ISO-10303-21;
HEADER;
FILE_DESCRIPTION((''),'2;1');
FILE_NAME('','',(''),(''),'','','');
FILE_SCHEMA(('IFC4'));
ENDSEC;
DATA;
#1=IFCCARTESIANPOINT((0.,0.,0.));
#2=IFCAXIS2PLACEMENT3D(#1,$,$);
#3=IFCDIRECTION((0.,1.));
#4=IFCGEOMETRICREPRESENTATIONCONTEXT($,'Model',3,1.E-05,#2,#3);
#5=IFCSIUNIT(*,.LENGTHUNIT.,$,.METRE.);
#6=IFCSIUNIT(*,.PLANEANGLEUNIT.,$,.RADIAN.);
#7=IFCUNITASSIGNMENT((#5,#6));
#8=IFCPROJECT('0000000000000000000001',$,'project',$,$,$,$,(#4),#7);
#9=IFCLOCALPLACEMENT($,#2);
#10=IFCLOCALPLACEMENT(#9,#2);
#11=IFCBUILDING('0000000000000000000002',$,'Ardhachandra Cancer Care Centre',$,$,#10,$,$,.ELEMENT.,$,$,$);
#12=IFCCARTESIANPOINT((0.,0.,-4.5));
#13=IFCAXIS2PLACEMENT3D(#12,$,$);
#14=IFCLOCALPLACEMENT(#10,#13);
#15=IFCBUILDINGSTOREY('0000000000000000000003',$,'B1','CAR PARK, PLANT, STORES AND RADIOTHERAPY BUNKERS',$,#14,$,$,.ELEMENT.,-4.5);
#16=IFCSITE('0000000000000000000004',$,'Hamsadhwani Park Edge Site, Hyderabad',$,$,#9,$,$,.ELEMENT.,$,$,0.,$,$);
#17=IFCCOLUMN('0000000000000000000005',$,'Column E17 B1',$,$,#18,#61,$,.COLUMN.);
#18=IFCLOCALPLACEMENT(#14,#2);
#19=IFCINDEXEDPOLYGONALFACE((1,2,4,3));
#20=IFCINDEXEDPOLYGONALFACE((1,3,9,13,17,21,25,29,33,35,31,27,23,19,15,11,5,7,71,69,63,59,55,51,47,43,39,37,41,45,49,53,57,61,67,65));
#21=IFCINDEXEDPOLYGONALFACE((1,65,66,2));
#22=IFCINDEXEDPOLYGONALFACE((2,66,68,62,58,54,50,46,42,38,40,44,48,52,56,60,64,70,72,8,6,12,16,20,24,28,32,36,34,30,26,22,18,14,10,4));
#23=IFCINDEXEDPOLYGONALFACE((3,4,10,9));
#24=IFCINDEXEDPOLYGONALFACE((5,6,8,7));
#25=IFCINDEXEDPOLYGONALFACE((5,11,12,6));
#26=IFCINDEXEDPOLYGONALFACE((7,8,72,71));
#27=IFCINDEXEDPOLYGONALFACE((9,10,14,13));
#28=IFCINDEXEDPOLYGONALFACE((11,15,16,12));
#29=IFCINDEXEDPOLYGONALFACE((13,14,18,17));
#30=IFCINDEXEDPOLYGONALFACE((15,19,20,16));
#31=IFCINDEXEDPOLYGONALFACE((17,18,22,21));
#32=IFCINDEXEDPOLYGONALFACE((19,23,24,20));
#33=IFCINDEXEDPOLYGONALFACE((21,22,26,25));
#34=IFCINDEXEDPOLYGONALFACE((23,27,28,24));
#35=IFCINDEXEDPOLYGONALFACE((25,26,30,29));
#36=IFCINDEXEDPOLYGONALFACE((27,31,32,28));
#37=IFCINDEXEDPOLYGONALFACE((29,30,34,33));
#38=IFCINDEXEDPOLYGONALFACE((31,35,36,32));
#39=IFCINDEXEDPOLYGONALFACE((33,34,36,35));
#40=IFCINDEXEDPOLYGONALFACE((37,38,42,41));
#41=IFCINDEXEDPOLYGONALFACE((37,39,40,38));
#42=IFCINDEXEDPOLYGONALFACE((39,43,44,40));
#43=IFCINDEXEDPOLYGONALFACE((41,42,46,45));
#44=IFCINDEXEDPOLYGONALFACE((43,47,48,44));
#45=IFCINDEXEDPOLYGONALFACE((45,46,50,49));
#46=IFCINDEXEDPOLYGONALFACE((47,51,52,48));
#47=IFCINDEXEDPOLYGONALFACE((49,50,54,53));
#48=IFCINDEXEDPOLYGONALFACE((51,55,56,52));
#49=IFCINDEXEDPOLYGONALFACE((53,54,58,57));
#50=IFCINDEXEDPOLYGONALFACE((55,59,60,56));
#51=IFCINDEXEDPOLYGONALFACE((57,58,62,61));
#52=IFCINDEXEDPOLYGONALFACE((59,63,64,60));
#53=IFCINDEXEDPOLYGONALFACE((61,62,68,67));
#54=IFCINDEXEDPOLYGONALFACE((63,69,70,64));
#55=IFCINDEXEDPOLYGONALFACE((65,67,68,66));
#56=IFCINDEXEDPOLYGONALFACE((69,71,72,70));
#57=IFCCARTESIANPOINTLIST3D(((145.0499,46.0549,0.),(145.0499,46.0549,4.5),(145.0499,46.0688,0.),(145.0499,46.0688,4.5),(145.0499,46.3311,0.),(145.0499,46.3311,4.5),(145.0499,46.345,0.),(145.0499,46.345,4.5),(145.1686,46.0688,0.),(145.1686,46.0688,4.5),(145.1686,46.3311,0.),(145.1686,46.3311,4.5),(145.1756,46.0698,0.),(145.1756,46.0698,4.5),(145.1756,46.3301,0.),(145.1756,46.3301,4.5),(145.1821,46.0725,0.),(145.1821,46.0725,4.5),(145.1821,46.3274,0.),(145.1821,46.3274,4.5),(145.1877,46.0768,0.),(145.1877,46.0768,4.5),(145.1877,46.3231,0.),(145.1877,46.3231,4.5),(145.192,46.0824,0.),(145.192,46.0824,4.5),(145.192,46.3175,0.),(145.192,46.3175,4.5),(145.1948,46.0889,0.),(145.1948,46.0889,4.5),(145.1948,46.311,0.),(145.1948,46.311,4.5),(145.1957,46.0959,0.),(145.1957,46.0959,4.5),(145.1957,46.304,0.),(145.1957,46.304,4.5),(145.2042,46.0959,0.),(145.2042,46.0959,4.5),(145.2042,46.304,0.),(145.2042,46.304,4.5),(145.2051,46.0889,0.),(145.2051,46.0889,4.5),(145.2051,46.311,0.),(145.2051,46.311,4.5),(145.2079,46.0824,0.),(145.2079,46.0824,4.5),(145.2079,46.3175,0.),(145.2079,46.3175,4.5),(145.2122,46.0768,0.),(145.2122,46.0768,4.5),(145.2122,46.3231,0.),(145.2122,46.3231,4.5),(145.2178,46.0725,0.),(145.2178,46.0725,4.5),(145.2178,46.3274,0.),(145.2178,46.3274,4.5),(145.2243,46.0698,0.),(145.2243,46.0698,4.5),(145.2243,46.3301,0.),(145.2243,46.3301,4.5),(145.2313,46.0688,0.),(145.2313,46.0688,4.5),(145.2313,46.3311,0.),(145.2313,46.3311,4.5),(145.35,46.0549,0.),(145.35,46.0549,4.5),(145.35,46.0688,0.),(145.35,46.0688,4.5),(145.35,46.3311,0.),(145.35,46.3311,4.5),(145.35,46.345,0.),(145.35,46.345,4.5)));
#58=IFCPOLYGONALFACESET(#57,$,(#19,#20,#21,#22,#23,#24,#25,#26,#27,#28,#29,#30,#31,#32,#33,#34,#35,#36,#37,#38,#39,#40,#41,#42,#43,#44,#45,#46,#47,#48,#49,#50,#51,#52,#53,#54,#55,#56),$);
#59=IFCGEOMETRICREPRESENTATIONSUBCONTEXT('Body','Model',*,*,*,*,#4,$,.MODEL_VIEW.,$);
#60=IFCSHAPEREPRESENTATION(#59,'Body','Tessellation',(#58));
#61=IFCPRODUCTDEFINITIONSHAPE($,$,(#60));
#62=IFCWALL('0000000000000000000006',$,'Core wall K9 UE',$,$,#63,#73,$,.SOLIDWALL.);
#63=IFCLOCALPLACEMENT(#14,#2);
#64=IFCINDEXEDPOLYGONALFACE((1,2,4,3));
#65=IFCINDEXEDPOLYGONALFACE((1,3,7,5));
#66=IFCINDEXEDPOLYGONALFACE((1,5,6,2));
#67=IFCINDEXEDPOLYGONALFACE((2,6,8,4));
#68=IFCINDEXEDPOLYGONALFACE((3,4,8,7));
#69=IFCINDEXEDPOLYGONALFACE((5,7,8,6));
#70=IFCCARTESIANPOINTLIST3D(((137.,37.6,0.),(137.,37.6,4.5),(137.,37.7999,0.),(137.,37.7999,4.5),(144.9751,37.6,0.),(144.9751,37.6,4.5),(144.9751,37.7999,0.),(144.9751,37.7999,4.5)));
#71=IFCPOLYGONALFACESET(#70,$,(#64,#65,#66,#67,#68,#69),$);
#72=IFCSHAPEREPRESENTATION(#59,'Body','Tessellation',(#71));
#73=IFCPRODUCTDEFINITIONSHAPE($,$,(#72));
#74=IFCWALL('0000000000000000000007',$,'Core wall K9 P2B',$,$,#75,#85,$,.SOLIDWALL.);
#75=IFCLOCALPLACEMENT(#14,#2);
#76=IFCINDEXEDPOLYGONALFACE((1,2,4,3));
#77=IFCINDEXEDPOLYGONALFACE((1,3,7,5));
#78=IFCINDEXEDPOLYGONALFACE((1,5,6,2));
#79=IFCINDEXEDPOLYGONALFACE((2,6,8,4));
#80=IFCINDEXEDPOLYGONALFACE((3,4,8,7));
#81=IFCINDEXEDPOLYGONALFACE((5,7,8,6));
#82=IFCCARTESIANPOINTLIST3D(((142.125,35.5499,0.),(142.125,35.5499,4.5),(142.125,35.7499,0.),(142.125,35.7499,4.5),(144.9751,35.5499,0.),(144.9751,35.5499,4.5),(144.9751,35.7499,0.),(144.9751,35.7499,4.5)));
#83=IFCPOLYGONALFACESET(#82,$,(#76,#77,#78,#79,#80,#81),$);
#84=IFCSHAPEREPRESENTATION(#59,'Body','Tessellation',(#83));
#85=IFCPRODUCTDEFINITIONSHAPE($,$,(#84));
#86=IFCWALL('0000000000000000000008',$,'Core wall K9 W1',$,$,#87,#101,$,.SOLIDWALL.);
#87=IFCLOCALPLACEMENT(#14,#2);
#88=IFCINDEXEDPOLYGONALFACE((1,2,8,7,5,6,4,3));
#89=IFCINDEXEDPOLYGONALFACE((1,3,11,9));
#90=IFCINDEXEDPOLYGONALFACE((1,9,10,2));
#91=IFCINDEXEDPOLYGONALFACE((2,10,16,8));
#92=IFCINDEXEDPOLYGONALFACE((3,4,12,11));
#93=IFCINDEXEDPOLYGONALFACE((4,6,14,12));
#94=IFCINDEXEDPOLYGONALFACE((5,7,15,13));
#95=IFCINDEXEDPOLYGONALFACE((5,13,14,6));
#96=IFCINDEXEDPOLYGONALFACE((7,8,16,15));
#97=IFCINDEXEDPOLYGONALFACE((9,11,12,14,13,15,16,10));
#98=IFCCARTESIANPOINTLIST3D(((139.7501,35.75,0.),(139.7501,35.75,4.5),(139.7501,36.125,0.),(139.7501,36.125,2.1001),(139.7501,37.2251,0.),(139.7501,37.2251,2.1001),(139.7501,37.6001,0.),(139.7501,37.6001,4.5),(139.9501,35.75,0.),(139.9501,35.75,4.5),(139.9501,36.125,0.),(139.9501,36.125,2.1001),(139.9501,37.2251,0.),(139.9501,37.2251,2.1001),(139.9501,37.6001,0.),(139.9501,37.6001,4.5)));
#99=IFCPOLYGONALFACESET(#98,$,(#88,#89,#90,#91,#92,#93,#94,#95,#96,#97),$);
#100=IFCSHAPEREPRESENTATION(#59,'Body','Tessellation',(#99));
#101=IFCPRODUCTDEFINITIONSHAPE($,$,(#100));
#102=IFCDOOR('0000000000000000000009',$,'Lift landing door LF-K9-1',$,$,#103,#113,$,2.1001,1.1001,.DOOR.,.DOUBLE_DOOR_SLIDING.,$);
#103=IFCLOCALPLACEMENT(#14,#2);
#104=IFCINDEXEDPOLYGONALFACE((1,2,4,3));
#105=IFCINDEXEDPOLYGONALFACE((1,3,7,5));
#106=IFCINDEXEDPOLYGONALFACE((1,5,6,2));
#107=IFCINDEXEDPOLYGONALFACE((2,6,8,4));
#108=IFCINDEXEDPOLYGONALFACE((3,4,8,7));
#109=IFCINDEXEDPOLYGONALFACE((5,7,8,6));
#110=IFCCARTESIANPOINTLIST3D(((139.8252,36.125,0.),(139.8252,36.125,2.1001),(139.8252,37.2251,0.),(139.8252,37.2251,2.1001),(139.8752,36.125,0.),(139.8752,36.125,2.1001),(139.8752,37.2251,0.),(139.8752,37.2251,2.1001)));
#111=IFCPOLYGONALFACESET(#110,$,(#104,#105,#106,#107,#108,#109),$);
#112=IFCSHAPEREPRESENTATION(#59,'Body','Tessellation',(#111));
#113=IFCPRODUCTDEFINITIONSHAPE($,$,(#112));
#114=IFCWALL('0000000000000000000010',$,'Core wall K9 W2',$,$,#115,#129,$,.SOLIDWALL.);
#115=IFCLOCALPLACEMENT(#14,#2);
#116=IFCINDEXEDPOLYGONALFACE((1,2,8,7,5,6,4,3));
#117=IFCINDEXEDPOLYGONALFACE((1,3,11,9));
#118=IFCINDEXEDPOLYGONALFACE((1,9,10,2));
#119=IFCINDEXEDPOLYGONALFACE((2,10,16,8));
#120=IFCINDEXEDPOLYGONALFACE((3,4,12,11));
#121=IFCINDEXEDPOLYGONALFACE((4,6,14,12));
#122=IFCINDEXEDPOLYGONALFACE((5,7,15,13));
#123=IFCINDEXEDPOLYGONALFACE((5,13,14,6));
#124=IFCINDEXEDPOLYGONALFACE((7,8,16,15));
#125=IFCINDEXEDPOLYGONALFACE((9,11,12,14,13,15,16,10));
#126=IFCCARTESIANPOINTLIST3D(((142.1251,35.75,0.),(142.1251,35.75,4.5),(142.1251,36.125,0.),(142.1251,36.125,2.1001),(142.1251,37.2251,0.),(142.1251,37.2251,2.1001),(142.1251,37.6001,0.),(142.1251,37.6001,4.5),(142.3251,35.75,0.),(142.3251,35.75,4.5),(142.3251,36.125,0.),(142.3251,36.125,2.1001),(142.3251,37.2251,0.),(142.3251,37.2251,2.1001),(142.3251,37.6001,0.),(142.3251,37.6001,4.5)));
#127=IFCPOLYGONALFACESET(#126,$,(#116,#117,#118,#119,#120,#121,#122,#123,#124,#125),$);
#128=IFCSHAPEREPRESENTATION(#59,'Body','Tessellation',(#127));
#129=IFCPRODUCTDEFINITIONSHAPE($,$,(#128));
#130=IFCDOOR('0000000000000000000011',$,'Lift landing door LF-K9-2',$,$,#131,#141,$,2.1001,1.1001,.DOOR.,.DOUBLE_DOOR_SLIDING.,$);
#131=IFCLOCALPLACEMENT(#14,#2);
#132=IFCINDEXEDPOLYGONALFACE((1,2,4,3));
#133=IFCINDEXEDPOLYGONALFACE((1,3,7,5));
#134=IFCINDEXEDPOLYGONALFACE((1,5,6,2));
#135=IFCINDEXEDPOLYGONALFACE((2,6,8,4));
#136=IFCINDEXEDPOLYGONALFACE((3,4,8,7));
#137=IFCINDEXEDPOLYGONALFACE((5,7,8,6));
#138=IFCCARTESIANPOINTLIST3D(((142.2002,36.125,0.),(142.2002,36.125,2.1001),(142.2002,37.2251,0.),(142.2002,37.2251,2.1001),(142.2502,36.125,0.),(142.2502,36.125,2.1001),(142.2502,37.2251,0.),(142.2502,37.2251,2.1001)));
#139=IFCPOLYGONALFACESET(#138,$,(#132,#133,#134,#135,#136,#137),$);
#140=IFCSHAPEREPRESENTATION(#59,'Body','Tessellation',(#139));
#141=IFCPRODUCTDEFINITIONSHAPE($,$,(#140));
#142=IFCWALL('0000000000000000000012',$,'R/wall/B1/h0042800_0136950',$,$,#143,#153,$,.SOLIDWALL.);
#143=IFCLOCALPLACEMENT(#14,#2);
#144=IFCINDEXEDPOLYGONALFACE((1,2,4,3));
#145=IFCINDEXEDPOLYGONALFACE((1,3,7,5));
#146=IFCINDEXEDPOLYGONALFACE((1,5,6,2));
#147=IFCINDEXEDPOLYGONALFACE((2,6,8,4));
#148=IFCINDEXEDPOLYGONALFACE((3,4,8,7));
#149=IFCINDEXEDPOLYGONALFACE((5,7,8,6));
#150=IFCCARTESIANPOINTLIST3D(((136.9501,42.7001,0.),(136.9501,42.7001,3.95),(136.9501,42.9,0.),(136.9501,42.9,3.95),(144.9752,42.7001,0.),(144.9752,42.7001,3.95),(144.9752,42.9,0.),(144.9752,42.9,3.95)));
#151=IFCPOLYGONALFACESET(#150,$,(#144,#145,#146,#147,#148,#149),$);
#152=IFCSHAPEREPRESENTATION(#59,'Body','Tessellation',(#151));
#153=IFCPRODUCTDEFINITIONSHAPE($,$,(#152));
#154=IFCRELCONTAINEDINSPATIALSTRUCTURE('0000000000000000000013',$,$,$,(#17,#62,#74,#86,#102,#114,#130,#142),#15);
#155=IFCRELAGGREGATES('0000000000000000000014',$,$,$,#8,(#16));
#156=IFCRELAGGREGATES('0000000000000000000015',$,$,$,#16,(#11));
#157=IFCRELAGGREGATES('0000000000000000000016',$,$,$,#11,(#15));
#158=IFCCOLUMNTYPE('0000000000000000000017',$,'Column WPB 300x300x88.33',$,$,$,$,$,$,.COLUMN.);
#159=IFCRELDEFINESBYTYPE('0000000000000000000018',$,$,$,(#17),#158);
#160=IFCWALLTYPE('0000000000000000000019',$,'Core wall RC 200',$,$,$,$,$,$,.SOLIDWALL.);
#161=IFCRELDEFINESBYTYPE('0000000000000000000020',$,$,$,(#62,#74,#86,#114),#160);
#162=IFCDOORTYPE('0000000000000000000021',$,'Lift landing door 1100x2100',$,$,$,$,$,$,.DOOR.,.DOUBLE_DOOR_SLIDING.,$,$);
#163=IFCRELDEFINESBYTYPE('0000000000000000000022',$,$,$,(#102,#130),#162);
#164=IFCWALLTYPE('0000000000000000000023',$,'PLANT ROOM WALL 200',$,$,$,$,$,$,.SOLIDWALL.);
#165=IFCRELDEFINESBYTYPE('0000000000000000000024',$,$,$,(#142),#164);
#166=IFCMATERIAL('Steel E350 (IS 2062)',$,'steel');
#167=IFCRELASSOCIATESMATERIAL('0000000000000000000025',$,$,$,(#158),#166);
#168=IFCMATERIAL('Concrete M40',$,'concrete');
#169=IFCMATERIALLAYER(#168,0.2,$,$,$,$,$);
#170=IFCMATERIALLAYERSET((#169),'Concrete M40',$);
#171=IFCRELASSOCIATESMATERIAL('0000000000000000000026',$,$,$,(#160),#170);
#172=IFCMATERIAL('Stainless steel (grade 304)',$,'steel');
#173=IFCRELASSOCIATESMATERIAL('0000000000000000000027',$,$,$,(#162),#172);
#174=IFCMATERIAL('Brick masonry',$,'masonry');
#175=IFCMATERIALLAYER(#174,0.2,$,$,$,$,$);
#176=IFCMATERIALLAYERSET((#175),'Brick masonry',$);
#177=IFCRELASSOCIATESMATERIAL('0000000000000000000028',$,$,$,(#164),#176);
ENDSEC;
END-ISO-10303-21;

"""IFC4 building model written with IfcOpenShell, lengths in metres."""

from ifc_helpers import new_model, si_unit, direction, frame, frame_2d, origin, origin_2d, place, context, subcontext, project, spatial, rectangle, i_section, extrude, material, layer, layer_set, material_profile, profile_set, type_object, element, fill, save


model = new_model("IFC4")

# Units and contexts
model_context = context("Model", 3, precision=1e-05, world=origin(), true_north=direction((0.0, 1.0)))
body_context = subcontext(model_context, "Body", "Model", "MODEL_VIEW")
ifc_project = project(units=[si_unit("LENGTHUNIT", "METRE"), si_unit("PLANEANGLEUNIT", "RADIAN")], contexts=[model_context])

# Site, building, storey
site_placement = place(None, origin())
site = spatial("IfcSite", under=ifc_project, at=site_placement, Name="Hamsadhwani Park Edge Site, Hyderabad", CompositionType="ELEMENT", RefElevation=0.0)
building_placement = place(site_placement, origin())
building = spatial("IfcBuilding", under=site, at=building_placement, Name="Ardhachandra Cancer Care Centre", CompositionType="ELEMENT")
storey_placement = place(building_placement, frame((0.0, 0.0, -4.5)))
storey = spatial("IfcBuildingStorey", under=building, at=storey_placement, Name="B1", Description="CAR PARK, PLANT, STORES AND RADIOTHERAPY BUNKERS", CompositionType="ELEMENT", Elevation=-4.5)

# Column
ifc_material_1 = material(Name="Steel E350 (IS 2062)", Category="steel")
ifc_material_profile_1 = material_profile(ifc_material_1, i_section(OverallWidth=0.3, OverallDepth=0.29, WebThickness=0.0085, FlangeThickness=0.0139, FilletRadius=0.0271, at=origin_2d()), Name="WPB 300x300x88.33")
ifc_profile_set_1 = profile_set([ifc_material_profile_1], Name="Steel E350 (IS 2062)")
column_type = type_object("IfcColumnType", Name="Column WPB 300x300x88.33", PredefinedType="COLUMN", material=ifc_profile_set_1)
column_placement = place(storey_placement, frame((145.2, 46.2, 0.0), z_axis=(0.0, 0.0, 1.0), x_axis=(1.0, 0.0, 0.0)))
element("IfcColumn", 1, at=column_placement, inside=storey, type_object=column_type, Name="Column E17 B1", PredefinedType="COLUMN", context=body_context, shape_type="SweptSolid", body=[
    extrude(i_section(OverallWidth=0.3, OverallDepth=0.29, WebThickness=0.0085, FlangeThickness=0.0139, FilletRadius=0.0271, at=origin_2d()), origin(), (0.0, 0.0, 1.0), 4.5),
])

# Walls
ifc_material_2 = material(Name="Concrete M40", Category="concrete")
ifc_layer_1 = layer(ifc_material_2, 0.2)
ifc_layer_set_1 = layer_set([ifc_layer_1], Name="Concrete M40")
wall_type_1 = type_object("IfcWallType", Name="Core wall RC 200", PredefinedType="SOLIDWALL", material=ifc_layer_set_1)
wall_1_placement = place(storey_placement, frame((137.0, 37.7, 0.0), z_axis=(0.0, 0.0, 1.0), x_axis=(1.0, 0.0, 0.0)))
element("IfcWall", 2, at=wall_1_placement, inside=storey, type_object=wall_type_1, Name="Core wall K9 UE", PredefinedType="SOLIDWALL", context=body_context, shape_type="SweptSolid", body=[
    extrude(rectangle(XDim=7.9751, YDim=0.2, at=frame_2d((3.9875, 0.0))), origin(), (0.0, 0.0, 1.0), 4.5),
])
wall_2_placement = place(storey_placement, frame((142.125, 35.6499, 0.0), z_axis=(0.0, 0.0, 1.0), x_axis=(1.0, 0.0, 0.0)))
element("IfcWall", 3, at=wall_2_placement, inside=storey, type_object=wall_type_1, Name="Core wall K9 P2B", PredefinedType="SOLIDWALL", context=body_context, shape_type="SweptSolid", body=[
    extrude(rectangle(XDim=2.8501, YDim=0.2, at=frame_2d((1.425, 0.0))), origin(), (0.0, 0.0, 1.0), 4.5),
])

# Walls, openings, doors
wall_3_placement = place(storey_placement, frame((139.8501, 35.75, 0.0), z_axis=(0.0, 0.0, 1.0), x_axis=(0.0, 1.0, 0.0)))
wall_3 = element("IfcWall", 4, at=wall_3_placement, inside=storey, type_object=wall_type_1, Name="Core wall K9 W1", PredefinedType="SOLIDWALL", context=body_context, shape_type="SweptSolid", body=[
    extrude(rectangle(XDim=1.8501, YDim=0.2, at=frame_2d((0.925, 0.0))), origin(), (0.0, 0.0, 1.0), 4.5),
])
opening_1_placement = place(wall_3_placement, frame((0.375, 0.0, 0.0)))
opening_1 = element("IfcOpeningElement", 5, at=opening_1_placement, cuts=wall_3, PredefinedType="OPENING", context=body_context, shape_type="SweptSolid", body=[
    extrude(rectangle(XDim=1.1001, YDim=2.1001, at=frame_2d((0.55, 1.05))), frame((0.0, 0.1099, 0.0), z_axis=(0.0, -1.0, 0.0), x_axis=(1.0, 0.0, 0.0)), (0.0, 0.0, 1.0), 0.22),
])
ifc_material_3 = material(Name="Stainless steel (grade 304)", Category="steel")
door_type = type_object("IfcDoorType", Name="Lift landing door 1100x2100", OperationType="DOUBLE_DOOR_SLIDING", PredefinedType="DOOR", material=ifc_material_3)
door_1_placement = place(opening_1_placement, origin())
door_1 = element("IfcDoor", 6, at=door_1_placement, inside=storey, type_object=door_type, Name="Lift landing door LF-K9-1", OperationType="DOUBLE_DOOR_SLIDING", OverallHeight=2.1001, OverallWidth=1.1001, PredefinedType="DOOR", context=body_context, shape_type="SweptSolid", body=[
    extrude(rectangle(XDim=1.1001, YDim=2.1001, at=frame_2d((0.55, 1.05))), frame((0.0, 0.0249, 0.0), z_axis=(0.0, -1.0, 0.0), x_axis=(1.0, 0.0, 0.0)), (0.0, 0.0, 1.0), 0.05),
])
fill(opening_1, door_1)
wall_4_placement = place(storey_placement, frame((142.2251, 35.75, 0.0), z_axis=(0.0, 0.0, 1.0), x_axis=(0.0, 1.0, 0.0)))
wall_4 = element("IfcWall", 7, at=wall_4_placement, inside=storey, type_object=wall_type_1, Name="Core wall K9 W2", PredefinedType="SOLIDWALL", context=body_context, shape_type="SweptSolid", body=[
    extrude(rectangle(XDim=1.8501, YDim=0.2, at=frame_2d((0.925, 0.0))), origin(), (0.0, 0.0, 1.0), 4.5),
])
opening_2_placement = place(wall_4_placement, frame((0.375, 0.0, 0.0)))
opening_2 = element("IfcOpeningElement", 8, at=opening_2_placement, cuts=wall_4, PredefinedType="OPENING", context=body_context, shape_type="SweptSolid", body=[
    extrude(rectangle(XDim=1.1001, YDim=2.1001, at=frame_2d((0.55, 1.05))), frame((0.0, 0.1099, 0.0), z_axis=(0.0, -1.0, 0.0), x_axis=(1.0, 0.0, 0.0)), (0.0, 0.0, 1.0), 0.22),
])
door_2_placement = place(opening_2_placement, origin())
door_2 = element("IfcDoor", 9, at=door_2_placement, inside=storey, type_object=door_type, Name="Lift landing door LF-K9-2", OperationType="DOUBLE_DOOR_SLIDING", OverallHeight=2.1001, OverallWidth=1.1001, PredefinedType="DOOR", context=body_context, shape_type="SweptSolid", body=[
    extrude(rectangle(XDim=1.1001, YDim=2.1001, at=frame_2d((0.55, 1.05))), frame((0.0, 0.0249, 0.0), z_axis=(0.0, -1.0, 0.0), x_axis=(1.0, 0.0, 0.0)), (0.0, 0.0, 1.0), 0.05),
])
fill(opening_2, door_2)

# Wall
ifc_material_4 = material(Name="Brick masonry", Category="masonry")
ifc_layer_2 = layer(ifc_material_4, 0.2)
ifc_layer_set_2 = layer_set([ifc_layer_2], Name="Brick masonry")
wall_type_2 = type_object("IfcWallType", Name="PLANT ROOM WALL 200", PredefinedType="SOLIDWALL", material=ifc_layer_set_2)
wall_5_placement = place(storey_placement, frame((136.95, 42.8, 0.0), z_axis=(0.0, 0.0, 1.0), x_axis=(1.0, 0.0, 0.0)))
element("IfcWall", 10, at=wall_5_placement, inside=storey, type_object=wall_type_2, Name="R/wall/B1/h0042800_0136950", PredefinedType="SOLIDWALL", context=body_context, shape_type="SweptSolid", body=[
    extrude(rectangle(XDim=8.0251, YDim=0.2, at=frame_2d((4.0127, 0.0))), origin(), (0.0, 0.0, 1.0), 3.95),
])

save(model, "model.ifc")
